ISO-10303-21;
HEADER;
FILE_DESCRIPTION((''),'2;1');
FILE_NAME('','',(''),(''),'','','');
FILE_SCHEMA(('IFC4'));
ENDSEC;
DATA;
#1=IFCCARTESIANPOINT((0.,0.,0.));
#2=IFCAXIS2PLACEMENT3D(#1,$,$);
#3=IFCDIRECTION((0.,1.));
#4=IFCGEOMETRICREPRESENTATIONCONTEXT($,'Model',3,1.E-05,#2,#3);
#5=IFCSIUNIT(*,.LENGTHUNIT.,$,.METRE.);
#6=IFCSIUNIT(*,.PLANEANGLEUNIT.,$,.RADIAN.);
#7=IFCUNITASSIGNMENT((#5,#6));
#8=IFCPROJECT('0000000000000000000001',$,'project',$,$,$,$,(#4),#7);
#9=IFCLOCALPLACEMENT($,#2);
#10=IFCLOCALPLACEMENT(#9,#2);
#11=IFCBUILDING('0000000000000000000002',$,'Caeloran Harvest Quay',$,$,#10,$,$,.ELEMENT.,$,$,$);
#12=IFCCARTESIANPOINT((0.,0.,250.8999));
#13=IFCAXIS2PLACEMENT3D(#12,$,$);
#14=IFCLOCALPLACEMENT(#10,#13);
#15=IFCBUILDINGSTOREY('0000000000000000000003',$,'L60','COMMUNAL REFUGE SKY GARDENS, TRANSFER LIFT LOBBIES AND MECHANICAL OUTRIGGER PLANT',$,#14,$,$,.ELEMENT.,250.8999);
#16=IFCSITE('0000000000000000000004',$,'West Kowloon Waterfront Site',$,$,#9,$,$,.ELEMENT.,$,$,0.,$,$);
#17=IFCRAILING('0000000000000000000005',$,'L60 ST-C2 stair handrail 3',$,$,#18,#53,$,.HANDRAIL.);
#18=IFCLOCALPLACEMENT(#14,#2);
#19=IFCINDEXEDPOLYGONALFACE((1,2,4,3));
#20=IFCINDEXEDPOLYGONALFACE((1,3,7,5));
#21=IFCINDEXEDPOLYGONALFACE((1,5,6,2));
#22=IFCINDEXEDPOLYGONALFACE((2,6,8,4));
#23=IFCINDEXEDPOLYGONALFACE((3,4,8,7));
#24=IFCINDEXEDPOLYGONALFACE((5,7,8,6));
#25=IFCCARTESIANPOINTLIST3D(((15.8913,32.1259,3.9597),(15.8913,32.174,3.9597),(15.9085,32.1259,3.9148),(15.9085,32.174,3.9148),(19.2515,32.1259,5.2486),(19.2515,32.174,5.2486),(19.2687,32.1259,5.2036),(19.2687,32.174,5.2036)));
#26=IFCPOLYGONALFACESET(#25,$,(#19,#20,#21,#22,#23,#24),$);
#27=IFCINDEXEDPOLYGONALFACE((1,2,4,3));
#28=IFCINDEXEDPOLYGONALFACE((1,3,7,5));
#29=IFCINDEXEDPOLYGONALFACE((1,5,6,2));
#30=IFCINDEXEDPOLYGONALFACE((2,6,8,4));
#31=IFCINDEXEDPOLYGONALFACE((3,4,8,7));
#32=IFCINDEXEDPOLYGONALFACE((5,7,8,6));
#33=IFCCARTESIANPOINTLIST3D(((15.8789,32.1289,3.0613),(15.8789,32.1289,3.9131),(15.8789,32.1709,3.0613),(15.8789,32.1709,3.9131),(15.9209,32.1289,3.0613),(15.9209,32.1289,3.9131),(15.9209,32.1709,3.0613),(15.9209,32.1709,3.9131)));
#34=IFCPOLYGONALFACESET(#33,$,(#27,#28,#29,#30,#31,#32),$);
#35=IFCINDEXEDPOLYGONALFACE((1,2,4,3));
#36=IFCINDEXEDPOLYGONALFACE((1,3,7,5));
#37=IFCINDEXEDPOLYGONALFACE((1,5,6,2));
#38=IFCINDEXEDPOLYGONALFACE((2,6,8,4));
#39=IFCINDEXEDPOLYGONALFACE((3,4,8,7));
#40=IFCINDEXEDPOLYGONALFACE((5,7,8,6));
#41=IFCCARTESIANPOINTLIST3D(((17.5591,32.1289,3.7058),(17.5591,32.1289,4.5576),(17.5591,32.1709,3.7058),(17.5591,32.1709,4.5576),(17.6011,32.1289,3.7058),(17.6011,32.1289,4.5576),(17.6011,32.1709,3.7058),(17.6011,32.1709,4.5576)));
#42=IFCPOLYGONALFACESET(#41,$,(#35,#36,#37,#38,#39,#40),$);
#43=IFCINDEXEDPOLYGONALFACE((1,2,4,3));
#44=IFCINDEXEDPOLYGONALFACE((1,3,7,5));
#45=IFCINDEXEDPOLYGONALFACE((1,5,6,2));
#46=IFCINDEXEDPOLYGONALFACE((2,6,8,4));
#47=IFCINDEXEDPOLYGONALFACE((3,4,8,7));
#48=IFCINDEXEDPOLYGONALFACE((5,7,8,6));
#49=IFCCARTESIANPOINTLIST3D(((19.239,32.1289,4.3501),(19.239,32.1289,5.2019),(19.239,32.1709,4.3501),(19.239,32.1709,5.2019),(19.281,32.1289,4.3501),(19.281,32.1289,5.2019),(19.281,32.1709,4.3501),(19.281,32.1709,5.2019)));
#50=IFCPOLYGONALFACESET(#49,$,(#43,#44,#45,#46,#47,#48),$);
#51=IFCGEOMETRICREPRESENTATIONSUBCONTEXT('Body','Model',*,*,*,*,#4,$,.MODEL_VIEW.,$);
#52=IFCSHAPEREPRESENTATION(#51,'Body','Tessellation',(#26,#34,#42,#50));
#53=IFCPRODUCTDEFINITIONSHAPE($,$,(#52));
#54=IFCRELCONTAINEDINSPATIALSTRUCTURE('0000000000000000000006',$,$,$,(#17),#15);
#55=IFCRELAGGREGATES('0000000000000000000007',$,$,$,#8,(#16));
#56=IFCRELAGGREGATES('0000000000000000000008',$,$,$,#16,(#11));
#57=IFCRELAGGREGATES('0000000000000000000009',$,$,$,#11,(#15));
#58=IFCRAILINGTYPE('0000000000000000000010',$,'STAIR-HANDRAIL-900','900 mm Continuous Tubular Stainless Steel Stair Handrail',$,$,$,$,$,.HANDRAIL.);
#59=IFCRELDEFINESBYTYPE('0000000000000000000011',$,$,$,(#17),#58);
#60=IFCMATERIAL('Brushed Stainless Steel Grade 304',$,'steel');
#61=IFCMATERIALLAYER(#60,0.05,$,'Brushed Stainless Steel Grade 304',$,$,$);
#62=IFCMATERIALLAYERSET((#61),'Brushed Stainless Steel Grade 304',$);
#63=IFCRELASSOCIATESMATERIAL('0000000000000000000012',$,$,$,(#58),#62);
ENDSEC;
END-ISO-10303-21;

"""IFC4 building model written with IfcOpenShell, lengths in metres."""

from ifc_helpers import new_model, si_unit, direction, frame, origin, origin_2d, place, context, subcontext, project, spatial, rectangle, extrude, material, layer, layer_set, type_object, element, save


model = new_model("IFC4")

# Units and contexts
model_context = context("Model", 3, precision=1e-05, world=origin(), true_north=direction((0.0, 1.0)))
body_context = subcontext(model_context, "Body", "Model", "MODEL_VIEW")
ifc_project = project(units=[si_unit("LENGTHUNIT", "METRE"), si_unit("PLANEANGLEUNIT", "RADIAN")], contexts=[model_context])

# Site, building, storey
site_placement = place(None, origin())
site = spatial("IfcSite", under=ifc_project, at=site_placement, Name="West Kowloon Waterfront Site", CompositionType="ELEMENT", RefElevation=0.0)
building_placement = place(site_placement, origin())
building = spatial("IfcBuilding", under=site, at=building_placement, Name="Caeloran Harvest Quay", CompositionType="ELEMENT")
storey_placement = place(building_placement, frame((0.0, 0.0, 250.8999)))
storey = spatial("IfcBuildingStorey", under=building, at=storey_placement, Name="L60", Description="COMMUNAL REFUGE SKY GARDENS, TRANSFER LIFT LOBBIES AND MECHANICAL OUTRIGGER PLANT", CompositionType="ELEMENT", Elevation=250.8999)

# Railing
ifc_material_1 = material(Name="Brushed Stainless Steel Grade 304", Category="steel")
ifc_layer_1 = layer(ifc_material_1, 0.05, Name="Brushed Stainless Steel Grade 304")
ifc_layer_set_1 = layer_set([ifc_layer_1], Name="Brushed Stainless Steel Grade 304")
railing_type_1 = type_object("IfcRailingType", Name="STAIR-HANDRAIL-900", Description="900 mm Continuous Tubular Stainless Steel Stair Handrail", PredefinedType="HANDRAIL", material=ifc_layer_set_1)
railing_1_placement = place(storey_placement, frame((15.8999, 32.1499, 3.0613)))
element("IfcRailing", 1, at=railing_1_placement, inside=storey, type_object=railing_type_1, Name="L60 ST-C2 stair handrail 3", PredefinedType="HANDRAIL", context=body_context, shape_type="SweptSolid", body=[
    extrude(rectangle(XDim=0.0481, YDim=0.0481, at=origin_2d()), frame((0.0, 0.0, 0.876), z_axis=(0.933674, 0.0, 0.358124), x_axis=(0.0, 1.0, 0.0)), (0.0, 0.0, 1.0), 3.5989),
    extrude(rectangle(XDim=0.042, YDim=0.042, at=origin_2d()), origin(), (0.0, 0.0, 1.0), 0.8518),
    extrude(rectangle(XDim=0.042, YDim=0.042, at=origin_2d()), frame((1.6802, 0.0, 0.6445)), (0.0, 0.0, 1.0), 0.8518),
    extrude(rectangle(XDim=0.042, YDim=0.042, at=origin_2d()), frame((3.3601, 0.0, 1.2888)), (0.0, 0.0, 1.0), 0.8518),
])

save(model, "model.ifc")
